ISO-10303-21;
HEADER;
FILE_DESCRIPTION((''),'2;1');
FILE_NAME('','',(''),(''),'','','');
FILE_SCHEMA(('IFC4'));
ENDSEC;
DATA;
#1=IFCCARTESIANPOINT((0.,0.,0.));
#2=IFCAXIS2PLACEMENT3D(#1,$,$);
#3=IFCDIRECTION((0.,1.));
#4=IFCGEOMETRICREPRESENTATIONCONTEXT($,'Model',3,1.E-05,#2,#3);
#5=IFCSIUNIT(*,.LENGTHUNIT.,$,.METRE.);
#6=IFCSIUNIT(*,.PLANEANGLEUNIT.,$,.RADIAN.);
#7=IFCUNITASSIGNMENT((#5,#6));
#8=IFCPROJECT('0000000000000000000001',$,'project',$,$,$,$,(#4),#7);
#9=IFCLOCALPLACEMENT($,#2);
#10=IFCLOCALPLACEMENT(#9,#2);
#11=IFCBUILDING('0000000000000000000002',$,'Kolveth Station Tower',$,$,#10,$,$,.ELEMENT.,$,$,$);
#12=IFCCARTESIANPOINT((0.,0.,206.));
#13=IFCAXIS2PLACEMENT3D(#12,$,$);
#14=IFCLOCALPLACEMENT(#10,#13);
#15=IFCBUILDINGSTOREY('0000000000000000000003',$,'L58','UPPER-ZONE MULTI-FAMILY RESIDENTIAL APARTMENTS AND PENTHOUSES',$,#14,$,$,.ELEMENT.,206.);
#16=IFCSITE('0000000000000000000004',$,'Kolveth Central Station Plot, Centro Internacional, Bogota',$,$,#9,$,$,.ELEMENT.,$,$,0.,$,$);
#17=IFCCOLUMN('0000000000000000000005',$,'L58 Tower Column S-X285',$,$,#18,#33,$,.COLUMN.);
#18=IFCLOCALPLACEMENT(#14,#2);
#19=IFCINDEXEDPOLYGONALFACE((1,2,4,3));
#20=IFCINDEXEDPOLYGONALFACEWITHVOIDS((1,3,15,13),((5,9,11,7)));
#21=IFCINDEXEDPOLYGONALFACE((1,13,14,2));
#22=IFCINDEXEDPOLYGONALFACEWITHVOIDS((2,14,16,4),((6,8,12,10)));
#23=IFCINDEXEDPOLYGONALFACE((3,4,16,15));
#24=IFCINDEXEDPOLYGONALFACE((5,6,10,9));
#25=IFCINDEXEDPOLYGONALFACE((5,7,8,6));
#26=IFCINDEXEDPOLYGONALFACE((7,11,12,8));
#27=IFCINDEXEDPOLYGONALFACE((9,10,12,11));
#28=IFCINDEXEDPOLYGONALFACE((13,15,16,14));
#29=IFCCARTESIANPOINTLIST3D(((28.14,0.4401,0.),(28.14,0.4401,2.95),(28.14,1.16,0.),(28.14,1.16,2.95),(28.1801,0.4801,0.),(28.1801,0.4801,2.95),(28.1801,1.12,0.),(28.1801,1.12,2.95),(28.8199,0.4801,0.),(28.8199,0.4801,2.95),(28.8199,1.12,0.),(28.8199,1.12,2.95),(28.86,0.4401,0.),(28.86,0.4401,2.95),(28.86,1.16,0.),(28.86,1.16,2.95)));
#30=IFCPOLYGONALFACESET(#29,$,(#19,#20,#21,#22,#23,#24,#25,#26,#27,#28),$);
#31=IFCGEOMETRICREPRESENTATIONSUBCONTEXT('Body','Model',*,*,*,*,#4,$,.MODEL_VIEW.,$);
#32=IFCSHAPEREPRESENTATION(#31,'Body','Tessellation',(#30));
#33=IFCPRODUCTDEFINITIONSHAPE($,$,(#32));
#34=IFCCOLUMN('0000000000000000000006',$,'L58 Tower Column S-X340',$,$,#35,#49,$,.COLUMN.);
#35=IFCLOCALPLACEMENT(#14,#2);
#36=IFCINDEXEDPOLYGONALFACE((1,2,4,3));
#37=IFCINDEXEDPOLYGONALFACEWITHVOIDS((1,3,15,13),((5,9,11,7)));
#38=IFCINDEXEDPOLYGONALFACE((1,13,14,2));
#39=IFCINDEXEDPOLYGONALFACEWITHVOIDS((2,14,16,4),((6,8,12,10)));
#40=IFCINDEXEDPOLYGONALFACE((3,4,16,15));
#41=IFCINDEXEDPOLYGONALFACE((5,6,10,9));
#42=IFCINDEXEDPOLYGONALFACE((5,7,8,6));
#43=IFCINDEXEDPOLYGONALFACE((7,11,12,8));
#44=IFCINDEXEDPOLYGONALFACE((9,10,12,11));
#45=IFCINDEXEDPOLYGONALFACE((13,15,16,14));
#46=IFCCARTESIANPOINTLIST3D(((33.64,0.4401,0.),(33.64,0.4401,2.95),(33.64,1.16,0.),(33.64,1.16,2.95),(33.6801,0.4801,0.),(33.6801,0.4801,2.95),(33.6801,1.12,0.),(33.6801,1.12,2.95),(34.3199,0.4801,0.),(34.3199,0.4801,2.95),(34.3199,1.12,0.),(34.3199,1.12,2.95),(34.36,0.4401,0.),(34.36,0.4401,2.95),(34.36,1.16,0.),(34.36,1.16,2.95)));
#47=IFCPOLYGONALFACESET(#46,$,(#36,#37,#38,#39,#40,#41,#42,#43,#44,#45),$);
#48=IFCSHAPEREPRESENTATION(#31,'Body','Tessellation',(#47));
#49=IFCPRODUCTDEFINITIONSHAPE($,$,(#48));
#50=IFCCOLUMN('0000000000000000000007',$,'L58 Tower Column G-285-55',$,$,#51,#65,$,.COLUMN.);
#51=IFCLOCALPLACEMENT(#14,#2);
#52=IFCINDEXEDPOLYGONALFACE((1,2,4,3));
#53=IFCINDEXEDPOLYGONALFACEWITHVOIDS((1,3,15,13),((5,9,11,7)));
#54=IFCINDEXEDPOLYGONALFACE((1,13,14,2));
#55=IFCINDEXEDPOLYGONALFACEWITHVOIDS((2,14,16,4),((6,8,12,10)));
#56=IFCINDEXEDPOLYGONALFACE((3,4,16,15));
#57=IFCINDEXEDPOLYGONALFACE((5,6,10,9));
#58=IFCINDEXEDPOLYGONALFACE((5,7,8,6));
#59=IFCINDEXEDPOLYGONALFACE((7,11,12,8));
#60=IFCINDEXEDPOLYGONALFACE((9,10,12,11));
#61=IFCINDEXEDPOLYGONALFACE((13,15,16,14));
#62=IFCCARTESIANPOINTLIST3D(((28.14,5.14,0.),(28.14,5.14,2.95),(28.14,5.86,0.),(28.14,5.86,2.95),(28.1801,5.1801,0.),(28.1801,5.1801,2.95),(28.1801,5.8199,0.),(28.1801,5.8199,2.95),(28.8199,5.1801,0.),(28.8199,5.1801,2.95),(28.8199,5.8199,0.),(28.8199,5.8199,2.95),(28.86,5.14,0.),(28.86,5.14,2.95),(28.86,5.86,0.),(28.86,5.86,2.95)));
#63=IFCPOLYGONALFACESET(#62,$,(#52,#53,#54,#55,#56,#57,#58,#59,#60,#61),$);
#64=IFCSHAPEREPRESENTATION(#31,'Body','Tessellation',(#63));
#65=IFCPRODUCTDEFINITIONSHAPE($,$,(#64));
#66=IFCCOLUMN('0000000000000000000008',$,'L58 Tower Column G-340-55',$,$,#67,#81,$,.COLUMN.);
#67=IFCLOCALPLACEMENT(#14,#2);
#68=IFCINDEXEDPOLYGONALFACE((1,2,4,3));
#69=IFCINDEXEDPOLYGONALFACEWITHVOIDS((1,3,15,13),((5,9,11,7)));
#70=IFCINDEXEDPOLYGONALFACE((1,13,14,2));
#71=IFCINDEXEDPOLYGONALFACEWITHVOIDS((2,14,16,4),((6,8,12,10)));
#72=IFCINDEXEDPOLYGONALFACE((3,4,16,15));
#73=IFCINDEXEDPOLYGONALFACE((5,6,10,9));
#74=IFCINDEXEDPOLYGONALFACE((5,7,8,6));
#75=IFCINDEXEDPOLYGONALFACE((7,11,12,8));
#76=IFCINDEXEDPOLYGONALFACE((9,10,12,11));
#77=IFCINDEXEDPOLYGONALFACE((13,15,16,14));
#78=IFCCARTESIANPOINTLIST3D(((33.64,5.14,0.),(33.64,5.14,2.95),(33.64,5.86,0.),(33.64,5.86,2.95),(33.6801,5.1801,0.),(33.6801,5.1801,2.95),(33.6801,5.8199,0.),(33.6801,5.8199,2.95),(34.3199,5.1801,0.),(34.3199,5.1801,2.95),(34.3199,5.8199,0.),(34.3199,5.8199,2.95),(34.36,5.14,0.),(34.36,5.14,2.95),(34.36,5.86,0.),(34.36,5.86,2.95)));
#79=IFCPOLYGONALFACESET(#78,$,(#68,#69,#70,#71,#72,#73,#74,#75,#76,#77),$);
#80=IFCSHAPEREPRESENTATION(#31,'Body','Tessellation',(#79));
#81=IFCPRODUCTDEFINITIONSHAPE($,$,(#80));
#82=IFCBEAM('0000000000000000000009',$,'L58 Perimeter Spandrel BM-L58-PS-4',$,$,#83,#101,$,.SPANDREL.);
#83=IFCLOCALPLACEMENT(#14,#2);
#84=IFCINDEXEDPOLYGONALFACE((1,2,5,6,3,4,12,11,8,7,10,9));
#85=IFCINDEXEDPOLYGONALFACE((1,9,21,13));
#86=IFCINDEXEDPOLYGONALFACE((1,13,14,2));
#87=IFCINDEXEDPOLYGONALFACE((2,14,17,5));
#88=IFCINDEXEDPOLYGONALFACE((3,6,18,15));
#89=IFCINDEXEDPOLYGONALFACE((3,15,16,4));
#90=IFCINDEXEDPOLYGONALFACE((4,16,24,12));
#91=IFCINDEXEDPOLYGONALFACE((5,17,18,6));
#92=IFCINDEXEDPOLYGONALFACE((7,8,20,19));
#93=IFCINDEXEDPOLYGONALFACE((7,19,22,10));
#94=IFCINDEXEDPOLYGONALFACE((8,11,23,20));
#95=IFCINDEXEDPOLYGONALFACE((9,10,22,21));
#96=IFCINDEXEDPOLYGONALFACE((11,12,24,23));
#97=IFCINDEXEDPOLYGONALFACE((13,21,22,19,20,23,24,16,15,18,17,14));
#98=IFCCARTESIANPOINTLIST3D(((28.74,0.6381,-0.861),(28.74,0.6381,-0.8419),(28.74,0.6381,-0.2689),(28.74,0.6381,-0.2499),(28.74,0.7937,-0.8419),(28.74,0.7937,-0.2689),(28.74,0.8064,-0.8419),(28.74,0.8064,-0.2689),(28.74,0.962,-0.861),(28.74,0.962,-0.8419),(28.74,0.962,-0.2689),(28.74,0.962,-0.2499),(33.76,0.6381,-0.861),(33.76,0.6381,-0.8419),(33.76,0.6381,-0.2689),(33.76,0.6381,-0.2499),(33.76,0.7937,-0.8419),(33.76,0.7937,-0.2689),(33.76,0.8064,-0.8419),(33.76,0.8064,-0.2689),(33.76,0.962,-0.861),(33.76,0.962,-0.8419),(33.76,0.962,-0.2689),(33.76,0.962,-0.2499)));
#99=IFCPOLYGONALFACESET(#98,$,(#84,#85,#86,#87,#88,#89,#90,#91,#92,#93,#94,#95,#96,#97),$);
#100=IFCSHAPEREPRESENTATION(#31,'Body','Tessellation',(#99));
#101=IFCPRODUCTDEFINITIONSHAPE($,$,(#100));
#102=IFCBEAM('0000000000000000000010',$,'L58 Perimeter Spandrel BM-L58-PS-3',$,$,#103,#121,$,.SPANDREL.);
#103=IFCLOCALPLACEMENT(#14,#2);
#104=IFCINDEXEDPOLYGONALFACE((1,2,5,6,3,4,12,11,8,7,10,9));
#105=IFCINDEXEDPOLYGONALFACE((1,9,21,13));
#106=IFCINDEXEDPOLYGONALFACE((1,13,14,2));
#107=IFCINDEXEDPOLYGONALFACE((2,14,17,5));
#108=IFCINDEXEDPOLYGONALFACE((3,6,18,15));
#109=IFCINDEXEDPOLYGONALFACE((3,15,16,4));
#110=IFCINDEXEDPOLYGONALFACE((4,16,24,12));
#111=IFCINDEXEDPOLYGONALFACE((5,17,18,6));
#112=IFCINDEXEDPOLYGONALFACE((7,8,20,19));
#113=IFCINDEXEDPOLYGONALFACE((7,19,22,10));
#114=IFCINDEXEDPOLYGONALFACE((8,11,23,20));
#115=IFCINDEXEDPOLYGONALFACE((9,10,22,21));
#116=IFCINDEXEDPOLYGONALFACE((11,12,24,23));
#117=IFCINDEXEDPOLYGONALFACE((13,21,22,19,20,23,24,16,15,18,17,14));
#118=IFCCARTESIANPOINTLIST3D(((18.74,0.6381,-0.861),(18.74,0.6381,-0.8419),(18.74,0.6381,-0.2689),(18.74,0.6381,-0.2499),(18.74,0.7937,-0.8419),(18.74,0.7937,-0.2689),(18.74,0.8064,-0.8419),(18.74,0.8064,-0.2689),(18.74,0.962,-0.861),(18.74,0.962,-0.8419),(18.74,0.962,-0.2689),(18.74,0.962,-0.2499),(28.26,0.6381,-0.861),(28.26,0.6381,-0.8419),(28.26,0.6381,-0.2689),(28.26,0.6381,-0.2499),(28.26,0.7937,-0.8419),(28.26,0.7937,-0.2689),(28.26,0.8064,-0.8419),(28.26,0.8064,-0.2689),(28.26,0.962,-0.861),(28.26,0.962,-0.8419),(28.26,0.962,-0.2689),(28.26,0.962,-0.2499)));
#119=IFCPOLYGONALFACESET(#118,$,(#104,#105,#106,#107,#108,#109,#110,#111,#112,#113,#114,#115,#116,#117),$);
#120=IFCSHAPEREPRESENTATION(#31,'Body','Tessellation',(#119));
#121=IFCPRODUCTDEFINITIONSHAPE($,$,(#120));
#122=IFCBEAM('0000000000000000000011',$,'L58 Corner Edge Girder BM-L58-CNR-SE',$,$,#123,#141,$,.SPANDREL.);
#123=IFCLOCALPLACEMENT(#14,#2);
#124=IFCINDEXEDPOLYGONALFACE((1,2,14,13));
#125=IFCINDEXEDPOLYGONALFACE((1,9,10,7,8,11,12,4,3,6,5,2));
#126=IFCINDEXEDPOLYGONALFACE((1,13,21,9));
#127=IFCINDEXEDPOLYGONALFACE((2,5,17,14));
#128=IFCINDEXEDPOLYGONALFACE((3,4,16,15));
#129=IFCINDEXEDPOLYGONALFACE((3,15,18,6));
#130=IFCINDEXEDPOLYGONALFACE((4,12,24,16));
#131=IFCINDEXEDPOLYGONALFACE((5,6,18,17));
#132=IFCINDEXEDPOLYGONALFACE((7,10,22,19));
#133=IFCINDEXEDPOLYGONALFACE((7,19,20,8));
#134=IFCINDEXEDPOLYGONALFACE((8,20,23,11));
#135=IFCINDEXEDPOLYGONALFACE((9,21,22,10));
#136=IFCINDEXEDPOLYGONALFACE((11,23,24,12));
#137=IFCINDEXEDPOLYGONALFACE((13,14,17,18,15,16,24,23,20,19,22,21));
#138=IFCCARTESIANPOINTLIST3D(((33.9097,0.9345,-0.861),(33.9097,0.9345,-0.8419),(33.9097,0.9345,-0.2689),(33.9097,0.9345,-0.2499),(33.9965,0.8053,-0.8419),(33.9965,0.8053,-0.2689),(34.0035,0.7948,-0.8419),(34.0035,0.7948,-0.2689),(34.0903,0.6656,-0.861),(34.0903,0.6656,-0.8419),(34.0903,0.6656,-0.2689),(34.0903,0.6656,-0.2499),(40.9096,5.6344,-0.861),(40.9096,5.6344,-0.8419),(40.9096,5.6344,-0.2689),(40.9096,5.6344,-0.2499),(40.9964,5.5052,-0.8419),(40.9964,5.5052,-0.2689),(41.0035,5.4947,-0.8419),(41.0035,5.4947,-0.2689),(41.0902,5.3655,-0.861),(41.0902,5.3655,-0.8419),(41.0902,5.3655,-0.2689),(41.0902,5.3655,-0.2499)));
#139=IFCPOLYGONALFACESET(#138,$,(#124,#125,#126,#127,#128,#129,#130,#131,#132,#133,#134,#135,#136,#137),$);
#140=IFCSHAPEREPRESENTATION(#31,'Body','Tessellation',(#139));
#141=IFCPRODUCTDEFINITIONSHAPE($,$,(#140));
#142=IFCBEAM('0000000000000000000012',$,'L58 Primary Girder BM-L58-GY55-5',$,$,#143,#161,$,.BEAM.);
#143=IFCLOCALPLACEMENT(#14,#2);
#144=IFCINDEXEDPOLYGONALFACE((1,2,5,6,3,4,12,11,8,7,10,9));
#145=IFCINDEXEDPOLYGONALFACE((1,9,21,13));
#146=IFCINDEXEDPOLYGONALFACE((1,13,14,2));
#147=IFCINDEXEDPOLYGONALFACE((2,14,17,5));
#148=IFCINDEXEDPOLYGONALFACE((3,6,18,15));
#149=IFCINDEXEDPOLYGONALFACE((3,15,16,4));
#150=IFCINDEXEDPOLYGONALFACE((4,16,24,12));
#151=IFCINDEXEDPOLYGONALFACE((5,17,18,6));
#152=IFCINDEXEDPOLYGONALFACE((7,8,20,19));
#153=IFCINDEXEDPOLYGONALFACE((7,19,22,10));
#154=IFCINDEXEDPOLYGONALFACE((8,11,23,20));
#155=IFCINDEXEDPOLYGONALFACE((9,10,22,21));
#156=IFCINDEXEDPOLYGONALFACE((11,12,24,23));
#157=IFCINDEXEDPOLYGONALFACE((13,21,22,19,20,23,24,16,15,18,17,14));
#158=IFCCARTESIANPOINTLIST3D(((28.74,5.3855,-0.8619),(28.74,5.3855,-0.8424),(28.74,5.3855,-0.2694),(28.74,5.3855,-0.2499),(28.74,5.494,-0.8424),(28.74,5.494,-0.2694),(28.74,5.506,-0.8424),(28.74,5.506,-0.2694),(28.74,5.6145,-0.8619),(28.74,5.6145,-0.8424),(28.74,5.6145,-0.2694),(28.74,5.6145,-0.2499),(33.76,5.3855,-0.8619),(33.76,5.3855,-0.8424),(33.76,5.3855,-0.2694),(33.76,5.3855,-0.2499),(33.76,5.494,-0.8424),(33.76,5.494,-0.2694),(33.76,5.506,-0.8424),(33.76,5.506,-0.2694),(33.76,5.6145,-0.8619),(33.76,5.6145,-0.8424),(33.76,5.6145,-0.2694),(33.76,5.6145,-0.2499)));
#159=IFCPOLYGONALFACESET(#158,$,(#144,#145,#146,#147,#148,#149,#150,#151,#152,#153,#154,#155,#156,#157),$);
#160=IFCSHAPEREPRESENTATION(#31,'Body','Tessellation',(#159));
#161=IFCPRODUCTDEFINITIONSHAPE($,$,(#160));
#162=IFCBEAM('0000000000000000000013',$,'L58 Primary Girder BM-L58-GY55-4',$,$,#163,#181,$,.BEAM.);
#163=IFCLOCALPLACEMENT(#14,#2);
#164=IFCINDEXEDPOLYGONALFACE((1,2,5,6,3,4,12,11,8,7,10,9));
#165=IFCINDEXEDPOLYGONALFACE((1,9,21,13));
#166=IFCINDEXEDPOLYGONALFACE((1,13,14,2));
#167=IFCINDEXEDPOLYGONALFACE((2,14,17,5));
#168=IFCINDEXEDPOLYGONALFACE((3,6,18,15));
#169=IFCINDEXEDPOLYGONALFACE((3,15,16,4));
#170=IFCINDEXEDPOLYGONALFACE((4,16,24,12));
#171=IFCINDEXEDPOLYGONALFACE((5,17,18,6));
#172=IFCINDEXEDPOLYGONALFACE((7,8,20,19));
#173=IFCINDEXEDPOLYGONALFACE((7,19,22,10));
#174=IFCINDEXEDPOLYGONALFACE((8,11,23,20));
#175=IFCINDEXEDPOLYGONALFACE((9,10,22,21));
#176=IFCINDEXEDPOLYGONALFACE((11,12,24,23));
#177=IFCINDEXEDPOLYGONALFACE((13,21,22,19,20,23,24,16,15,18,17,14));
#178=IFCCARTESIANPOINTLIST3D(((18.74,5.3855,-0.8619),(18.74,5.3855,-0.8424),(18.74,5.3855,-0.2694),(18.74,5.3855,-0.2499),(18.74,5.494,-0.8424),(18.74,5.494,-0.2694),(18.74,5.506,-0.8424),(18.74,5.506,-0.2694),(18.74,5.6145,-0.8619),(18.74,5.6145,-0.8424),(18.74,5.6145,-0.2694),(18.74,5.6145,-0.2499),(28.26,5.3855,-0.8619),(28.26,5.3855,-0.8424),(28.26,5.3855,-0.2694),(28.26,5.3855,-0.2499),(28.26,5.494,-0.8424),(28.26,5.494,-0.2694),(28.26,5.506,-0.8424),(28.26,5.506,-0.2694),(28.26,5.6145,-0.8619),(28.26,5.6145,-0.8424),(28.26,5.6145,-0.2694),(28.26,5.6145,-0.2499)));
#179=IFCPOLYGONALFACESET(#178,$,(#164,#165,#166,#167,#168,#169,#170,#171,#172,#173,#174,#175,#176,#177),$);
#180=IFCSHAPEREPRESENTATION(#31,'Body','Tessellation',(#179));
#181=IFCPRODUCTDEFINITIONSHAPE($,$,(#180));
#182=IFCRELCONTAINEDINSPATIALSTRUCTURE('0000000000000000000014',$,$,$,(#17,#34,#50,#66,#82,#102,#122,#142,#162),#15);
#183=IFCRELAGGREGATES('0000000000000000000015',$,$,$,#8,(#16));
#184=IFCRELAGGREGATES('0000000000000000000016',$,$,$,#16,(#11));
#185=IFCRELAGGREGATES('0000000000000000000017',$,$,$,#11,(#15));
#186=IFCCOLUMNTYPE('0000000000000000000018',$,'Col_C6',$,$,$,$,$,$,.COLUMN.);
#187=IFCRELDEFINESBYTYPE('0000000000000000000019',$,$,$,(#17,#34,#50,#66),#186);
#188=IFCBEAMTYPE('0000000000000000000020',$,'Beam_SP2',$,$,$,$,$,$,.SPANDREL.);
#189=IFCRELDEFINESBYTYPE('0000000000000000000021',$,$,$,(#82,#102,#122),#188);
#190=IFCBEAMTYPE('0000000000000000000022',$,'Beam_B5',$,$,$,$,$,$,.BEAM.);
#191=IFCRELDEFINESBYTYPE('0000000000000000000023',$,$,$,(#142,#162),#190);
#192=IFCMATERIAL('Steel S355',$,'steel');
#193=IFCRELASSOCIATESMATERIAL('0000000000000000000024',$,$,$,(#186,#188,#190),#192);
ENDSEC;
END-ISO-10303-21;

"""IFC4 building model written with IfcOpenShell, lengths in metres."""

from ifc_helpers import new_model, si_unit, direction, frame, origin, origin_2d, place, context, subcontext, project, spatial, hollow_rectangle, i_section, extrude, source, transform, mapped, material, material_profile, profile_set, type_object, element, save


model = new_model("IFC4")

# Units and contexts
model_context = context("Model", 3, precision=1e-05, world=origin(), true_north=direction((0.0, 1.0)))
body_context = subcontext(model_context, "Body", "Model", "MODEL_VIEW")
ifc_project = project(units=[si_unit("LENGTHUNIT", "METRE"), si_unit("PLANEANGLEUNIT", "RADIAN")], contexts=[model_context])

# Site, building, storey
site_placement = place(None, origin())
site = spatial("IfcSite", under=ifc_project, at=site_placement, Name="Kolveth Central Station Plot, Centro Internacional, Bogota", CompositionType="ELEMENT", RefElevation=0.0)
building_placement = place(site_placement, origin())
building = spatial("IfcBuilding", under=site, at=building_placement, Name="Kolveth Station Tower", CompositionType="ELEMENT")
storey_placement = place(building_placement, frame((0.0, 0.0, 206.0)))
storey = spatial("IfcBuildingStorey", under=building, at=storey_placement, Name="L58", Description="UPPER-ZONE MULTI-FAMILY RESIDENTIAL APARTMENTS AND PENTHOUSES", CompositionType="ELEMENT", Elevation=206.0)

# Columns
ifc_material_1 = material(Name="Steel S355", Category="steel")
ifc_material_profile_1 = material_profile(ifc_material_1, hollow_rectangle(XDim=0.72, YDim=0.72, WallThickness=0.04, at=origin_2d()), Name="BOX720x720x40")
ifc_profile_set_1 = profile_set([ifc_material_profile_1], Name="Steel S355")
column_type = type_object("IfcColumnType", Name="Col_C6", PredefinedType="COLUMN", material=ifc_profile_set_1)
shared_shape_1 = source(origin(), body_context, "Body", "SweptSolid", [
    extrude(hollow_rectangle(XDim=0.72, YDim=0.72, WallThickness=0.04, at=origin_2d()), origin(), (0.0, 0.0, 1.0), 2.95),
])
for number, where, z_axis, x_axis, name in (
    (1, (28.5, 0.8, 0.0), (0.0, 0.0, 1.0), (1.0, 0.0, 0.0), "L58 Tower Column S-X285"),
    (2, (34.0, 0.8, 0.0), (0.0, 0.0, 1.0), (1.0, 0.0, 0.0), "L58 Tower Column S-X340"),
    (3, (28.5, 5.5, 0.0), (0.0, 0.0, 1.0), (1.0, 0.0, 0.0), "L58 Tower Column G-285-55"),
    (4, (34.0, 5.5, 0.0), (0.0, 0.0, 1.0), (1.0, 0.0, 0.0), "L58 Tower Column G-340-55"),
):
    element("IfcColumn", number, at=place(storey_placement, frame(where, z_axis=z_axis, x_axis=x_axis)), inside=storey, type_object=column_type, Name=name, PredefinedType="COLUMN", context=body_context, shape_type="MappedRepresentation", body=[
        mapped(shared_shape_1, transform((0.0, 0.0, 0.0), x_axis=(1.0, 0.0, 0.0), y_axis=(0.0, 1.0, 0.0), z_axis=(0.0, 0.0, 1.0), scale=1.0)),
    ])

# Beams
ifc_material_profile_2 = material_profile(ifc_material_1, i_section(OverallWidth=0.324, OverallDepth=0.6111, WebThickness=0.0127, FlangeThickness=0.019, at=origin_2d()), Name="W610x155")
ifc_profile_set_2 = profile_set([ifc_material_profile_2], Name="Steel S355")
beam_type_1 = type_object("IfcBeamType", Name="Beam_SP2", PredefinedType="SPANDREL", material=ifc_profile_set_2)
shared_shape_2 = source(origin(), body_context, "Body", "SweptSolid", [
    extrude(i_section(OverallWidth=0.324, OverallDepth=0.6111, WebThickness=0.0127, FlangeThickness=0.019, at=origin_2d()), origin(), (0.0, 0.0, 1.0), 5.02),
])
beam_1_placement = place(storey_placement, frame((28.74, 0.8, -0.5554), z_axis=(1.0, 0.0, 0.0), x_axis=(0.0, 1.0, 0.0)))
element("IfcBeam", 5, at=beam_1_placement, inside=storey, type_object=beam_type_1, Name="L58 Perimeter Spandrel BM-L58-PS-4", PredefinedType="SPANDREL", context=body_context, shape_type="MappedRepresentation", body=[
    mapped(shared_shape_2, transform((0.0, 0.0, 0.0), x_axis=(1.0, 0.0, 0.0), y_axis=(0.0, 1.0, 0.0), z_axis=(0.0, 0.0, 1.0), scale=1.0)),
])
shared_shape_3 = source(origin(), body_context, "Body", "SweptSolid", [
    extrude(i_section(OverallWidth=0.324, OverallDepth=0.6111, WebThickness=0.0127, FlangeThickness=0.019, at=origin_2d()), origin(), (0.0, 0.0, 1.0), 9.52),
])
beam_2_placement = place(storey_placement, frame((18.74, 0.8, -0.5554), z_axis=(1.0, 0.0, 0.0), x_axis=(0.0, 1.0, 0.0)))
element("IfcBeam", 6, at=beam_2_placement, inside=storey, type_object=beam_type_1, Name="L58 Perimeter Spandrel BM-L58-PS-3", PredefinedType="SPANDREL", context=body_context, shape_type="MappedRepresentation", body=[
    mapped(shared_shape_3, transform((0.0, 0.0, 0.0), x_axis=(1.0, 0.0, 0.0), y_axis=(0.0, 1.0, 0.0), z_axis=(0.0, 0.0, 1.0), scale=1.0)),
])
shared_shape_4 = source(origin(), body_context, "Body", "SweptSolid", [
    extrude(i_section(OverallWidth=0.324, OverallDepth=0.6111, WebThickness=0.0127, FlangeThickness=0.019, at=origin_2d()), origin(), (0.0, 0.0, 1.0), 8.4314),
])
beam_3_placement = place(storey_placement, frame((34.0, 0.8, -0.5554), z_axis=(0.830224, 0.55743, 0.0), x_axis=(-0.55743, 0.830224, 0.0)))
element("IfcBeam", 7, at=beam_3_placement, inside=storey, type_object=beam_type_1, Name="L58 Corner Edge Girder BM-L58-CNR-SE", PredefinedType="SPANDREL", context=body_context, shape_type="MappedRepresentation", body=[
    mapped(shared_shape_4, transform((0.0, 0.0, 0.0), x_axis=(1.0, 0.0, 0.0), y_axis=(0.0, 1.0, 0.0), z_axis=(0.0, 0.0, 1.0), scale=1.0)),
])
ifc_material_profile_3 = material_profile(ifc_material_1, i_section(OverallWidth=0.229, OverallDepth=0.6121, WebThickness=0.012, FlangeThickness=0.0195, at=origin_2d()), Name="W610x125")
ifc_profile_set_3 = profile_set([ifc_material_profile_3], Name="Steel S355")
beam_type_2 = type_object("IfcBeamType", Name="Beam_B5", PredefinedType="BEAM", material=ifc_profile_set_3)
shared_shape_5 = source(origin(), body_context, "Body", "SweptSolid", [
    extrude(i_section(OverallWidth=0.229, OverallDepth=0.6121, WebThickness=0.012, FlangeThickness=0.0195, at=origin_2d()), origin(), (0.0, 0.0, 1.0), 5.02),
])
beam_4_placement = place(storey_placement, frame((28.74, 5.5, -0.5559), z_axis=(1.0, 0.0, 0.0), x_axis=(0.0, 1.0, 0.0)))
element("IfcBeam", 8, at=beam_4_placement, inside=storey, type_object=beam_type_2, Name="L58 Primary Girder BM-L58-GY55-5", PredefinedType="BEAM", context=body_context, shape_type="MappedRepresentation", body=[
    mapped(shared_shape_5, transform((0.0, 0.0, 0.0), x_axis=(1.0, 0.0, 0.0), y_axis=(0.0, 1.0, 0.0), z_axis=(0.0, 0.0, 1.0), scale=1.0)),
])
shared_shape_6 = source(origin(), body_context, "Body", "SweptSolid", [
    extrude(i_section(OverallWidth=0.229, OverallDepth=0.6121, WebThickness=0.012, FlangeThickness=0.0195, at=origin_2d()), origin(), (0.0, 0.0, 1.0), 9.52),
])
beam_5_placement = place(storey_placement, frame((18.74, 5.5, -0.5559), z_axis=(1.0, 0.0, 0.0), x_axis=(0.0, 1.0, 0.0)))
element("IfcBeam", 9, at=beam_5_placement, inside=storey, type_object=beam_type_2, Name="L58 Primary Girder BM-L58-GY55-4", PredefinedType="BEAM", context=body_context, shape_type="MappedRepresentation", body=[
    mapped(shared_shape_6, transform((0.0, 0.0, 0.0), x_axis=(1.0, 0.0, 0.0), y_axis=(0.0, 1.0, 0.0), z_axis=(0.0, 0.0, 1.0), scale=1.0)),
])

save(model, "model.ifc")
